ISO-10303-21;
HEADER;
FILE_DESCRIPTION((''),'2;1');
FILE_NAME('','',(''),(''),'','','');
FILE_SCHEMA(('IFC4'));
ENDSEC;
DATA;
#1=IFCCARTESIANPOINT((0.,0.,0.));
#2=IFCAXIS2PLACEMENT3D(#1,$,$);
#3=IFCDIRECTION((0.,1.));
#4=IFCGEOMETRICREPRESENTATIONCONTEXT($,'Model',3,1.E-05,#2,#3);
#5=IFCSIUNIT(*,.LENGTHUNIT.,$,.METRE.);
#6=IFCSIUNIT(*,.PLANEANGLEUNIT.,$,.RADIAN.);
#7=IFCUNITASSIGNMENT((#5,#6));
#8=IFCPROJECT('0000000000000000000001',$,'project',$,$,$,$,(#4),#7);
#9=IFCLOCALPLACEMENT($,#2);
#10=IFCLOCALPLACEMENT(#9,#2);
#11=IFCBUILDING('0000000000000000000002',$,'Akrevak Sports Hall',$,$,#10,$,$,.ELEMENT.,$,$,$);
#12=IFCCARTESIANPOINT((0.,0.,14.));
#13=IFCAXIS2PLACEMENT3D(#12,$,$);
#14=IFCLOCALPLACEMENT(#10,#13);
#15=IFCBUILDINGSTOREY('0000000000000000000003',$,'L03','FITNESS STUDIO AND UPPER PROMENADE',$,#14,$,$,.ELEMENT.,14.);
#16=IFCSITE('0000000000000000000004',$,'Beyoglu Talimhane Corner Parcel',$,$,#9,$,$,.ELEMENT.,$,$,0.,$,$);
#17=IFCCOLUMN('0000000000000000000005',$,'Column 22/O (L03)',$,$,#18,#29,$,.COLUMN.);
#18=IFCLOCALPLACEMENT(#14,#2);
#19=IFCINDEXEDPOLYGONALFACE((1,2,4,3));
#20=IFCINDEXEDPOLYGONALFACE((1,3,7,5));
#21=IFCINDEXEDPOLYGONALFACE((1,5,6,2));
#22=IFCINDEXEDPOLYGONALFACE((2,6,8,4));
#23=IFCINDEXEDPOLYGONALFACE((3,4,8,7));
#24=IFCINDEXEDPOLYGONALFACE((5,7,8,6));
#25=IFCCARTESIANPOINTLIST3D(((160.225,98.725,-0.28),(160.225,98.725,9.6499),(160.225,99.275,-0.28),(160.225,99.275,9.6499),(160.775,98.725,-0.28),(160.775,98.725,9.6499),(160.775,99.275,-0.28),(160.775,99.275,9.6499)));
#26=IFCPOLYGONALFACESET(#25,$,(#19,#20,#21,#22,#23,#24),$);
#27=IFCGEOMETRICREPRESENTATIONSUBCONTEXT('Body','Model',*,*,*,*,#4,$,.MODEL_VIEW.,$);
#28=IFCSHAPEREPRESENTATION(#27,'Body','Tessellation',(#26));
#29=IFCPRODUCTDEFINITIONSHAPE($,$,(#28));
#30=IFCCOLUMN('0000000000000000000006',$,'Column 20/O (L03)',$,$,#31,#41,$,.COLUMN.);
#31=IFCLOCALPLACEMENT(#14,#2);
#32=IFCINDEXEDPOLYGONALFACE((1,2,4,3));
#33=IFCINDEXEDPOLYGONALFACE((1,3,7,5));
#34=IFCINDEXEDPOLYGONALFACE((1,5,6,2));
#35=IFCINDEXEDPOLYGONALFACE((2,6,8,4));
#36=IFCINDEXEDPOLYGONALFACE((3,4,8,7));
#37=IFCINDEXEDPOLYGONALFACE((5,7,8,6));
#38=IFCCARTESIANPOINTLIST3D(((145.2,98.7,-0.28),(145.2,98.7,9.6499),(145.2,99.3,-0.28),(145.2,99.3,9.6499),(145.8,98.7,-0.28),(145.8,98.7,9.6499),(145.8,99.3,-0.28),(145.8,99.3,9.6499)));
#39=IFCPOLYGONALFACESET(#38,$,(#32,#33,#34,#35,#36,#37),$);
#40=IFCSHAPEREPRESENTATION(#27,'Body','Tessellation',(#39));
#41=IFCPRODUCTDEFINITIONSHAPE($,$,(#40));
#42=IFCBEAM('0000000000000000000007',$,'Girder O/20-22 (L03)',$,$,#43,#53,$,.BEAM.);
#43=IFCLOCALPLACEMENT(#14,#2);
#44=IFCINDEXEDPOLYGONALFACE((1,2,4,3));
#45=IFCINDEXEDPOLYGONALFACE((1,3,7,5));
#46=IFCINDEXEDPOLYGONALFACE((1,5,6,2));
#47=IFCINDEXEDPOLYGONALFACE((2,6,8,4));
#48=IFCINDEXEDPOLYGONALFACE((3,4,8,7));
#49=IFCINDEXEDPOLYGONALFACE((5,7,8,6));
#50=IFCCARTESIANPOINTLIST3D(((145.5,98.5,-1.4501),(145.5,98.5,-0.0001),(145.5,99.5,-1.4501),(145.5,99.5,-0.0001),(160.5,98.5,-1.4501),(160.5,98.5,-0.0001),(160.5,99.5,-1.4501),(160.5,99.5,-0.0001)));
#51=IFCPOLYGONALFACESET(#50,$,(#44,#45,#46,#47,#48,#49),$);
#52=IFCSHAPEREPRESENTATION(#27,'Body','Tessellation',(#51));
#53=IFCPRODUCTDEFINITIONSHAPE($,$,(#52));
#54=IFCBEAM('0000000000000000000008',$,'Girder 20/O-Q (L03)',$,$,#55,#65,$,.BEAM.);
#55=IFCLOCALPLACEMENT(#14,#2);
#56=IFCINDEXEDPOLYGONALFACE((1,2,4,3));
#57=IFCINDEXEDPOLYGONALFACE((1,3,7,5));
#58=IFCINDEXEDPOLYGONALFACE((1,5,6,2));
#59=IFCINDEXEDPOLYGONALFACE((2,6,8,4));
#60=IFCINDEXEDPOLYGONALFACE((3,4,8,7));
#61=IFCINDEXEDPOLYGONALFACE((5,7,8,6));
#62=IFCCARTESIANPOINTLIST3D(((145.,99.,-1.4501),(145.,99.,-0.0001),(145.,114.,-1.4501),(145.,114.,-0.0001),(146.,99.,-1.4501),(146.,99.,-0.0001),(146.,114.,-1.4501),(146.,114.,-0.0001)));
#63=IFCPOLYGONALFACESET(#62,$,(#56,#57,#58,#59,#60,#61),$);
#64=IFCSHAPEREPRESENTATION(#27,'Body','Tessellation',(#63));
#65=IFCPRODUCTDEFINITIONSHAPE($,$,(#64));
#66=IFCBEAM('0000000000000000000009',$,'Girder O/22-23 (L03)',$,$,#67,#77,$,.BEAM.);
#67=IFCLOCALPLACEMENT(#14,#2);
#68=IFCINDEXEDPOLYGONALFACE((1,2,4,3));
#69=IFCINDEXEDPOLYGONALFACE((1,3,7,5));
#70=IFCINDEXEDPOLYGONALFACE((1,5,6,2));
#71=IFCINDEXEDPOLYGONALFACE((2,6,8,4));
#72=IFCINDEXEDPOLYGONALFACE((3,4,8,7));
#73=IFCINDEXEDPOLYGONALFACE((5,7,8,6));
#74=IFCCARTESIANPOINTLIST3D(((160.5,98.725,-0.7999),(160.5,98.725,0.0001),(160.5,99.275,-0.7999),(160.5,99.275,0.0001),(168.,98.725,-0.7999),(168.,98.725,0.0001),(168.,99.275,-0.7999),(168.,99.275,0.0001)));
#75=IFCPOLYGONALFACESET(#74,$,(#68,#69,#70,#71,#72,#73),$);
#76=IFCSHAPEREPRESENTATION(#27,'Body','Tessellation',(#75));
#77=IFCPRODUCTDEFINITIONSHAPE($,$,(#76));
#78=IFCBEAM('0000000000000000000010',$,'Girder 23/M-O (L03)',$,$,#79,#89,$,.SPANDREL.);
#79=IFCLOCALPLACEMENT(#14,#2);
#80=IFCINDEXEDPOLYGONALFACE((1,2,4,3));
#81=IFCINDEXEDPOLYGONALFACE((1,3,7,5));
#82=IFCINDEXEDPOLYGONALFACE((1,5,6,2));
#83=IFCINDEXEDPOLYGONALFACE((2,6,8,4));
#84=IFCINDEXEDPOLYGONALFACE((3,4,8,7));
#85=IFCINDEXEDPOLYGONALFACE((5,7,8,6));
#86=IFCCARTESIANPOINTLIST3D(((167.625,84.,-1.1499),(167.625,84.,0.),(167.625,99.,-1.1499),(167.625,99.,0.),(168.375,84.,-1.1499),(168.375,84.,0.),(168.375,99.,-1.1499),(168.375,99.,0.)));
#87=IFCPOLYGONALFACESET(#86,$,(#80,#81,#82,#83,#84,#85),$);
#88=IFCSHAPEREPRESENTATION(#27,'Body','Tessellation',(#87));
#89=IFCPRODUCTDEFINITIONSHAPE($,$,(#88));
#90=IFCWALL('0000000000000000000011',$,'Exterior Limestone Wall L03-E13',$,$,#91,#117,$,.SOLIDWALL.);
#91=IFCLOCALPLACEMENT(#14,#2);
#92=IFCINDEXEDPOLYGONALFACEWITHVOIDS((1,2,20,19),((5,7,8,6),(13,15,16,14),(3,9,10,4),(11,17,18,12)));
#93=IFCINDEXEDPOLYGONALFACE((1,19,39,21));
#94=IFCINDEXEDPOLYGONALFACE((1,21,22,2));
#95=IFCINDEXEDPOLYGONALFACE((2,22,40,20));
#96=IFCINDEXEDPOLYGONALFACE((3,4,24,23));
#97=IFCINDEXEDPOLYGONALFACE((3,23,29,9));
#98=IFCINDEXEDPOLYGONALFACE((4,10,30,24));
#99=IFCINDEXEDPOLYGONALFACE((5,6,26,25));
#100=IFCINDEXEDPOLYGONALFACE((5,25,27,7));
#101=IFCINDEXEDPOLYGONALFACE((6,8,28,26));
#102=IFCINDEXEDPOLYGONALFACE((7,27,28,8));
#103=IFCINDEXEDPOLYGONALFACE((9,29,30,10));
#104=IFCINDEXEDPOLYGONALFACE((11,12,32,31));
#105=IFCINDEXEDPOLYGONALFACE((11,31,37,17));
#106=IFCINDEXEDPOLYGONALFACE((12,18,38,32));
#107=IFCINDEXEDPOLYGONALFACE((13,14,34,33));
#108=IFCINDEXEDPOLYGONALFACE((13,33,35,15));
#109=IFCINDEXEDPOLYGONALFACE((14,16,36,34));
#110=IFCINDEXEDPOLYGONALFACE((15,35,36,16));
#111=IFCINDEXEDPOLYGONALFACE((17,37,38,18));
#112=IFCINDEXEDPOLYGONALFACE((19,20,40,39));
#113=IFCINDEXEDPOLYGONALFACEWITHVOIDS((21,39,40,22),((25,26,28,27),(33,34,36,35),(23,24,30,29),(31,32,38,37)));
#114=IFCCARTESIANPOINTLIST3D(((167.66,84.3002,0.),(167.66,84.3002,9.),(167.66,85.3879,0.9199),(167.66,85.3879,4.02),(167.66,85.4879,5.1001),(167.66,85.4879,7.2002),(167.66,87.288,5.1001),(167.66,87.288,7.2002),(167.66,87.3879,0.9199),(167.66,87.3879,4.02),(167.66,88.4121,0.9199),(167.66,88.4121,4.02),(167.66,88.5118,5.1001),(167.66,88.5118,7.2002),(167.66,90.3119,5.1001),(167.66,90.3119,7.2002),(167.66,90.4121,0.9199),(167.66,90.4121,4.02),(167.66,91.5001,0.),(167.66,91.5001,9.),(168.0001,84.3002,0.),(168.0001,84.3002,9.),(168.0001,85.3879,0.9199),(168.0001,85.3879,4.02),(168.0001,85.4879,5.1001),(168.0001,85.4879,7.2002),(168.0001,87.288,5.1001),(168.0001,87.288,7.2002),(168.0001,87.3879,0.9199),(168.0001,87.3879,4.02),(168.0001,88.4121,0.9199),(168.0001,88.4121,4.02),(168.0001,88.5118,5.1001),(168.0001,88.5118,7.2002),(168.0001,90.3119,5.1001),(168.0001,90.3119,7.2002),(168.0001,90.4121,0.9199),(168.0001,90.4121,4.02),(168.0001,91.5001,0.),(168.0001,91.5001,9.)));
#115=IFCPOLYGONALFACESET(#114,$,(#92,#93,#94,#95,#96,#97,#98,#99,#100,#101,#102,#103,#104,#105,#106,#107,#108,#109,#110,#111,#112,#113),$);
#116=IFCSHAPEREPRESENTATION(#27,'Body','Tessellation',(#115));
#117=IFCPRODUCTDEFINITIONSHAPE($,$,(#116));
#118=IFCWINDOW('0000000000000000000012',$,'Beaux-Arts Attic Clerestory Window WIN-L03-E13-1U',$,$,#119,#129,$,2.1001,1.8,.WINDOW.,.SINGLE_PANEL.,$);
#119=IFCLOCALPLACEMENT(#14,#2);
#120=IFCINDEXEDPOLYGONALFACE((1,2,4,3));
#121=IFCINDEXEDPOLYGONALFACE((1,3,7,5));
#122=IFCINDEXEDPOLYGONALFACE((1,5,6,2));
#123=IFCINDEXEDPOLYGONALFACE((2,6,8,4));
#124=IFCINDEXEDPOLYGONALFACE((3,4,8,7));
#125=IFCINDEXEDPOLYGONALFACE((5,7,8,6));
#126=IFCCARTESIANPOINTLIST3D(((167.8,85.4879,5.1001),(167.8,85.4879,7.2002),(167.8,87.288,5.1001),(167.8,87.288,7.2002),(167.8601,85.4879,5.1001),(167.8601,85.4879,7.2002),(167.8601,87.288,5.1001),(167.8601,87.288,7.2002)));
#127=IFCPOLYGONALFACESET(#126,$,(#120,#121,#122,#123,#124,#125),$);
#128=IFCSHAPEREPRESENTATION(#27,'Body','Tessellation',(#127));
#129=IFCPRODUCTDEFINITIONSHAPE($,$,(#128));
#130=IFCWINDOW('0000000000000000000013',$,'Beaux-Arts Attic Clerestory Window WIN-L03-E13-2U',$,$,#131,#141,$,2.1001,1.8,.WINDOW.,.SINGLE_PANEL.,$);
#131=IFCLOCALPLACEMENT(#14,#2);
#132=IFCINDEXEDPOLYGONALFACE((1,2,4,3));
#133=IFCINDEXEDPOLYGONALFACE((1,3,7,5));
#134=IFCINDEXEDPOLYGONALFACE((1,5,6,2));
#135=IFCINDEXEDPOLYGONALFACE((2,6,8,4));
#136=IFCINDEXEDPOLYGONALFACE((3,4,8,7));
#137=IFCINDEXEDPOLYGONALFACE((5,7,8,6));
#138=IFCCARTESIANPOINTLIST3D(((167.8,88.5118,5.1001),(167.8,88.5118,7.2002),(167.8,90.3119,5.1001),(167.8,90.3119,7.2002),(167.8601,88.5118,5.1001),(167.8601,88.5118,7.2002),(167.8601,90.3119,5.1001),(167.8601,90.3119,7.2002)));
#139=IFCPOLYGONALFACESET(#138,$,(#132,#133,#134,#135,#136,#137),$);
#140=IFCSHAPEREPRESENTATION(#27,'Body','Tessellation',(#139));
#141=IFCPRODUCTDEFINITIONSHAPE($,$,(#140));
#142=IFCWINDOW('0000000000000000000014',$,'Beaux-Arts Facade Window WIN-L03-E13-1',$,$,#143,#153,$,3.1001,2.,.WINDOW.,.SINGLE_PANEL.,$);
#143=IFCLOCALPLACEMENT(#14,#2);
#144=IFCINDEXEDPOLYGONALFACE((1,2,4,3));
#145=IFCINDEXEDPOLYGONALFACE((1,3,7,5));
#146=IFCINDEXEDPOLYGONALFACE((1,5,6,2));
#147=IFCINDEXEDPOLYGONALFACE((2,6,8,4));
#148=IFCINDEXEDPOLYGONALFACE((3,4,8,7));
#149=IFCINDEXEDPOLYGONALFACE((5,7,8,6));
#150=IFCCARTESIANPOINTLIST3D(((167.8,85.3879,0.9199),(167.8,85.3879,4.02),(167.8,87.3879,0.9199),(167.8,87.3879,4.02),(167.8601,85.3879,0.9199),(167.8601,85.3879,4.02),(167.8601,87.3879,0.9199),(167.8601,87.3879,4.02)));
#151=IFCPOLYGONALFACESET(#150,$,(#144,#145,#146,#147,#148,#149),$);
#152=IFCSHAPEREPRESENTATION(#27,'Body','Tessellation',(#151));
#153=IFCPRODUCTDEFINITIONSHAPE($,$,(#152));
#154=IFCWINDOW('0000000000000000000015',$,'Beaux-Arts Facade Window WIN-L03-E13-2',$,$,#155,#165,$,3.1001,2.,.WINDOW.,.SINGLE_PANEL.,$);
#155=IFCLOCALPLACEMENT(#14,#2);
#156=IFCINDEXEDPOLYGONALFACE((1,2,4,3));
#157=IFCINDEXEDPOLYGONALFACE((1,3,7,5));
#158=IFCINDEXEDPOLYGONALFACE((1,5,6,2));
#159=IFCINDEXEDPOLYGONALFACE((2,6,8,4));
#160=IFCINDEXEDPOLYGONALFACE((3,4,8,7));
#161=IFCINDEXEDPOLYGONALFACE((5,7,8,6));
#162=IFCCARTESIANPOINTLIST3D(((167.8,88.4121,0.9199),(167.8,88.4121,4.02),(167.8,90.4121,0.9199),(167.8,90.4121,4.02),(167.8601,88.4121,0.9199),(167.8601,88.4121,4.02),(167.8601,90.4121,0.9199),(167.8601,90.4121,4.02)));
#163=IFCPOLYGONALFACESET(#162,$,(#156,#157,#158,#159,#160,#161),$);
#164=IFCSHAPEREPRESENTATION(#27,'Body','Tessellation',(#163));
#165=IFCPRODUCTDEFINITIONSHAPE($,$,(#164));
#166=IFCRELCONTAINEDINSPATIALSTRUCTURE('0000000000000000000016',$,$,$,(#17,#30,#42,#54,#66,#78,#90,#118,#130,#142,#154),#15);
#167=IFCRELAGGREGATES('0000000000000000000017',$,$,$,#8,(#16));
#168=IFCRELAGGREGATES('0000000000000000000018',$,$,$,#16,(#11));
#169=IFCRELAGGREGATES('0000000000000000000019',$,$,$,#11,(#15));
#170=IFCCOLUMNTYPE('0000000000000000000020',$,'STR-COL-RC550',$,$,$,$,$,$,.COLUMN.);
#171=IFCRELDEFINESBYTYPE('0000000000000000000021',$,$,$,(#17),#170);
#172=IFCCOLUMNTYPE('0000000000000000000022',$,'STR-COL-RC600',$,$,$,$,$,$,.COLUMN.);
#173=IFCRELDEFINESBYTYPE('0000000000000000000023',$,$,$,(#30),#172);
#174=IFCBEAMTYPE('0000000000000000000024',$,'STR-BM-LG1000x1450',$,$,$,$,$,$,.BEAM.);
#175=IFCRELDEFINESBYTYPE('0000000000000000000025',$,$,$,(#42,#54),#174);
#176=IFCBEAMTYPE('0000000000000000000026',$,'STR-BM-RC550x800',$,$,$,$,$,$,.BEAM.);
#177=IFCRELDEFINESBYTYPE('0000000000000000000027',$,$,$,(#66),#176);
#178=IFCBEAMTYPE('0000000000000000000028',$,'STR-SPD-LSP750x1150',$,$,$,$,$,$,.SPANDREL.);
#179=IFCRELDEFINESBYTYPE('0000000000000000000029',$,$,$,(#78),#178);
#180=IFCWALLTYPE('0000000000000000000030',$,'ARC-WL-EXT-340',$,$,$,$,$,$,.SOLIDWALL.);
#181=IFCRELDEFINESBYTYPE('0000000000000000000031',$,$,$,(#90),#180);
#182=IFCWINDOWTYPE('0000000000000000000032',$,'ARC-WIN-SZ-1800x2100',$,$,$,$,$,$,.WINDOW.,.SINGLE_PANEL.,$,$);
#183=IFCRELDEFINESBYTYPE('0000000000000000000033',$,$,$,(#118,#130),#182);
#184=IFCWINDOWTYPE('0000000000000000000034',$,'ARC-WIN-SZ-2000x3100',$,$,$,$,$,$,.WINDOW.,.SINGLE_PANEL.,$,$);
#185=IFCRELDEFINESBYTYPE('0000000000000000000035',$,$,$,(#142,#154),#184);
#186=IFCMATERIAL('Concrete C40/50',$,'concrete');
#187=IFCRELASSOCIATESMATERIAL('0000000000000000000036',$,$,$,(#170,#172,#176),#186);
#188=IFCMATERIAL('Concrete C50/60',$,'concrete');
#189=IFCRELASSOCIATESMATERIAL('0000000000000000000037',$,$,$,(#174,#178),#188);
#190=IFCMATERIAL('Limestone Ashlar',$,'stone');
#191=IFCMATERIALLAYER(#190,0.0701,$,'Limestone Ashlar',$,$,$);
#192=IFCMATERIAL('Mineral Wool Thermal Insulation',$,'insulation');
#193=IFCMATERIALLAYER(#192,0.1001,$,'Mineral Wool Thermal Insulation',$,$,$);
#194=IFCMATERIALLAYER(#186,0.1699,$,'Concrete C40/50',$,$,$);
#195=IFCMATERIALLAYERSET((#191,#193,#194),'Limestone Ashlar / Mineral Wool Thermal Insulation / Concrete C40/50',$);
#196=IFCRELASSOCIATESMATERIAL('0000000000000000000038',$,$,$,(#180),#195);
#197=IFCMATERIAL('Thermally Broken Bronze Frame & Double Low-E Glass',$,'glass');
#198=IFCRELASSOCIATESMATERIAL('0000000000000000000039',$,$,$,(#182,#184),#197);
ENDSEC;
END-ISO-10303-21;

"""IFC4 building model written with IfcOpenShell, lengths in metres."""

from ifc_helpers import new_model, si_unit, direction, frame, frame_2d, origin, origin_2d, place, context, subcontext, project, spatial, rectangle, extrude, material, layer, layer_set, material_profile, profile_set, type_object, element, fill, save


model = new_model("IFC4")

# Units and contexts
model_context = context("Model", 3, precision=1e-05, world=origin(), true_north=direction((0.0, 1.0)))
body_context = subcontext(model_context, "Body", "Model", "MODEL_VIEW")
ifc_project = project(units=[si_unit("LENGTHUNIT", "METRE"), si_unit("PLANEANGLEUNIT", "RADIAN")], contexts=[model_context])

# Site, building, storey
site_placement = place(None, origin())
site = spatial("IfcSite", under=ifc_project, at=site_placement, Name="Beyoglu Talimhane Corner Parcel", CompositionType="ELEMENT", RefElevation=0.0)
building_placement = place(site_placement, origin())
building = spatial("IfcBuilding", under=site, at=building_placement, Name="Akrevak Sports Hall", CompositionType="ELEMENT")
storey_placement = place(building_placement, frame((0.0, 0.0, 14.0)))
storey = spatial("IfcBuildingStorey", under=building, at=storey_placement, Name="L03", Description="FITNESS STUDIO AND UPPER PROMENADE", CompositionType="ELEMENT", Elevation=14.0)

# Columns
ifc_material_1 = material(Name="Concrete C40/50", Category="concrete")
ifc_material_profile_1 = material_profile(ifc_material_1, rectangle(XDim=0.55, YDim=0.55, at=origin_2d()), Name="RC 550x550", Category="concrete")
ifc_profile_set_1 = profile_set([ifc_material_profile_1], Name="Concrete C40/50")
column_type_1 = type_object("IfcColumnType", Name="STR-COL-RC550", PredefinedType="COLUMN", material=ifc_profile_set_1)
column_1_placement = place(storey_placement, frame((160.5, 99.0, -0.28), z_axis=(0.0, 0.0, 1.0), x_axis=(1.0, 0.0, 0.0)))
element("IfcColumn", 1, at=column_1_placement, inside=storey, type_object=column_type_1, Name="Column 22/O (L03)", PredefinedType="COLUMN", context=body_context, shape_type="SweptSolid", body=[
    extrude(rectangle(XDim=0.55, YDim=0.55, at=origin_2d()), origin(), (0.0, 0.0, 1.0), 9.9299),
])
ifc_material_profile_2 = material_profile(ifc_material_1, rectangle(XDim=0.6001, YDim=0.6001, at=origin_2d()), Name="RC 600x600", Category="concrete")
ifc_profile_set_2 = profile_set([ifc_material_profile_2], Name="Concrete C40/50")
column_type_2 = type_object("IfcColumnType", Name="STR-COL-RC600", PredefinedType="COLUMN", material=ifc_profile_set_2)
column_2_placement = place(storey_placement, frame((145.5, 99.0, -0.28), z_axis=(0.0, 0.0, 1.0), x_axis=(1.0, 0.0, 0.0)))
element("IfcColumn", 2, at=column_2_placement, inside=storey, type_object=column_type_2, Name="Column 20/O (L03)", PredefinedType="COLUMN", context=body_context, shape_type="SweptSolid", body=[
    extrude(rectangle(XDim=0.6001, YDim=0.6001, at=origin_2d()), origin(), (0.0, 0.0, 1.0), 9.9299),
])

# Beams
ifc_material_2 = material(Name="Concrete C50/60", Category="concrete")
ifc_material_profile_3 = material_profile(ifc_material_2, rectangle(XDim=1.0, YDim=1.45, at=origin_2d()), Name="BM 1000x1450", Category="concrete")
ifc_profile_set_3 = profile_set([ifc_material_profile_3], Name="Concrete C50/60")
beam_type_1 = type_object("IfcBeamType", Name="STR-BM-LG1000x1450", PredefinedType="BEAM", material=ifc_profile_set_3)
for number, where, z_axis, x_axis, name in (
    (3, (145.5, 99.0, -0.7251), (1.0, 0.0, 0.0), (0.0, 1.0, 0.0), "Girder O/20-22 (L03)"),
    (4, (145.5, 99.0, -0.7251), (0.0, 1.0, 0.0), (-1.0, 0.0, 0.0), "Girder 20/O-Q (L03)"),
):
    element("IfcBeam", number, at=place(storey_placement, frame(where, z_axis=z_axis, x_axis=x_axis)), inside=storey, type_object=beam_type_1, Name=name, PredefinedType="BEAM", context=body_context, shape_type="SweptSolid", body=[
        extrude(rectangle(XDim=1.0, YDim=1.45, at=origin_2d()), origin(), (0.0, 0.0, 1.0), 15.0),
    ])
ifc_material_profile_4 = material_profile(ifc_material_1, rectangle(XDim=0.55, YDim=0.8, at=origin_2d()), Name="BM 550x800", Category="concrete")
ifc_profile_set_4 = profile_set([ifc_material_profile_4], Name="Concrete C40/50")
beam_type_2 = type_object("IfcBeamType", Name="STR-BM-RC550x800", PredefinedType="BEAM", material=ifc_profile_set_4)
beam_1_placement = place(storey_placement, frame((160.5, 99.0, -0.3999), z_axis=(1.0, 0.0, 0.0), x_axis=(0.0, 1.0, 0.0)))
element("IfcBeam", 5, at=beam_1_placement, inside=storey, type_object=beam_type_2, Name="Girder O/22-23 (L03)", PredefinedType="BEAM", context=body_context, shape_type="SweptSolid", body=[
    extrude(rectangle(XDim=0.55, YDim=0.8, at=origin_2d()), origin(), (0.0, 0.0, 1.0), 7.5),
])
ifc_material_profile_5 = material_profile(ifc_material_2, rectangle(XDim=0.75, YDim=1.1499, at=origin_2d()), Name="SPD 750x1150", Category="concrete")
ifc_profile_set_5 = profile_set([ifc_material_profile_5], Name="Concrete C50/60")
beam_type_3 = type_object("IfcBeamType", Name="STR-SPD-LSP750x1150", PredefinedType="SPANDREL", material=ifc_profile_set_5)
beam_2_placement = place(storey_placement, frame((168.0, 84.0, -0.575), z_axis=(0.0, 1.0, 0.0), x_axis=(-1.0, 0.0, 0.0)))
element("IfcBeam", 6, at=beam_2_placement, inside=storey, type_object=beam_type_3, Name="Girder 23/M-O (L03)", PredefinedType="SPANDREL", context=body_context, shape_type="SweptSolid", body=[
    extrude(rectangle(XDim=0.75, YDim=1.1499, at=origin_2d()), origin(), (0.0, 0.0, 1.0), 15.0),
])

# Wall, openings, windows
ifc_material_3 = material(Name="Limestone Ashlar", Category="stone")
ifc_layer_1 = layer(ifc_material_3, 0.0701, Name="Limestone Ashlar")
ifc_material_4 = material(Name="Mineral Wool Thermal Insulation", Category="insulation")
ifc_layer_2 = layer(ifc_material_4, 0.1001, Name="Mineral Wool Thermal Insulation")
ifc_layer_3 = layer(ifc_material_1, 0.1699, Name="Concrete C40/50")
ifc_layer_set_1 = layer_set([ifc_layer_1, ifc_layer_2, ifc_layer_3], Name="Limestone Ashlar / Mineral Wool Thermal Insulation / Concrete C40/50")
wall_type = type_object("IfcWallType", Name="ARC-WL-EXT-340", PredefinedType="SOLIDWALL", material=ifc_layer_set_1)
wall_1_placement = place(storey_placement, frame((167.8301, 84.3, 0.0), z_axis=(0.0, 0.0, 1.0), x_axis=(0.0, 1.0, 0.0)))
wall_1 = element("IfcWall", 7, at=wall_1_placement, inside=storey, type_object=wall_type, Name="Exterior Limestone Wall L03-E13", PredefinedType="SOLIDWALL", context=body_context, shape_type="SweptSolid", body=[
    extrude(rectangle(XDim=7.2, YDim=0.3401, at=frame_2d((3.6001, 0.0))), origin(), (0.0, 0.0, 1.0), 9.0),
])
opening_1_placement = place(wall_1_placement, frame((1.0879, 0.0, 0.9199)))
opening_1 = element("IfcOpeningElement", 8, at=opening_1_placement, cuts=wall_1, PredefinedType="OPENING", context=body_context, shape_type="SweptSolid", body=[
    extrude(rectangle(XDim=2.0, YDim=3.1001, at=frame_2d((1.0, 1.55))), frame((0.0, 0.1821, 0.0), z_axis=(0.0, -1.0, 0.0), x_axis=(1.0, 0.0, 0.0)), (0.0, 0.0, 1.0), 0.364),
])
opening_2_placement = place(wall_1_placement, frame((1.188, 0.0, 5.1001)))
opening_2 = element("IfcOpeningElement", 9, at=opening_2_placement, cuts=wall_1, PredefinedType="OPENING", context=body_context, shape_type="SweptSolid", body=[
    extrude(rectangle(XDim=1.8, YDim=2.1001, at=frame_2d((0.8999, 1.05))), frame((0.0, 0.1821, 0.0), z_axis=(0.0, -1.0, 0.0), x_axis=(1.0, 0.0, 0.0)), (0.0, 0.0, 1.0), 0.364),
])
opening_3_placement = place(wall_1_placement, frame((4.1121, 0.0, 0.9199)))
opening_3 = element("IfcOpeningElement", 10, at=opening_3_placement, cuts=wall_1, PredefinedType="OPENING", context=body_context, shape_type="SweptSolid", body=[
    extrude(rectangle(XDim=2.0, YDim=3.1001, at=frame_2d((1.0, 1.55))), frame((0.0, 0.1821, 0.0), z_axis=(0.0, -1.0, 0.0), x_axis=(1.0, 0.0, 0.0)), (0.0, 0.0, 1.0), 0.364),
])
opening_4_placement = place(wall_1_placement, frame((4.2119, 0.0, 5.1001)))
opening_4 = element("IfcOpeningElement", 11, at=opening_4_placement, cuts=wall_1, PredefinedType="OPENING", context=body_context, shape_type="SweptSolid", body=[
    extrude(rectangle(XDim=1.8, YDim=2.1001, at=frame_2d((0.8999, 1.05))), frame((0.0, 0.1821, 0.0), z_axis=(0.0, -1.0, 0.0), x_axis=(1.0, 0.0, 0.0)), (0.0, 0.0, 1.0), 0.364),
])
ifc_material_5 = material(Name="Thermally Broken Bronze Frame & Double Low-E Glass", Category="glass")
window_type_1 = type_object("IfcWindowType", Name="ARC-WIN-SZ-1800x2100", PartitioningType="SINGLE_PANEL", PredefinedType="WINDOW", material=ifc_material_5)
window_1_placement = place(opening_2_placement, origin())
window_1 = element("IfcWindow", 12, at=window_1_placement, inside=storey, type_object=window_type_1, Name="Beaux-Arts Attic Clerestory Window WIN-L03-E13-1U", OverallHeight=2.1001, OverallWidth=1.8, PartitioningType="SINGLE_PANEL", PredefinedType="WINDOW", context=body_context, shape_type="SweptSolid", body=[
    extrude(rectangle(XDim=1.8, YDim=2.1001, at=frame_2d((0.8999, 1.05))), frame((0.0, 0.03, 0.0), z_axis=(0.0, -1.0, 0.0), x_axis=(1.0, 0.0, 0.0)), (0.0, 0.0, 1.0), 0.0601),
])
fill(opening_2, window_1)
window_2_placement = place(opening_4_placement, origin())
window_2 = element("IfcWindow", 13, at=window_2_placement, inside=storey, type_object=window_type_1, Name="Beaux-Arts Attic Clerestory Window WIN-L03-E13-2U", OverallHeight=2.1001, OverallWidth=1.8, PartitioningType="SINGLE_PANEL", PredefinedType="WINDOW", context=body_context, shape_type="SweptSolid", body=[
    extrude(rectangle(XDim=1.8, YDim=2.1001, at=frame_2d((0.8999, 1.05))), frame((0.0, 0.03, 0.0), z_axis=(0.0, -1.0, 0.0), x_axis=(1.0, 0.0, 0.0)), (0.0, 0.0, 1.0), 0.0601),
])
fill(opening_4, window_2)
window_type_2 = type_object("IfcWindowType", Name="ARC-WIN-SZ-2000x3100", PartitioningType="SINGLE_PANEL", PredefinedType="WINDOW", material=ifc_material_5)
window_3_placement = place(opening_1_placement, origin())
window_3 = element("IfcWindow", 14, at=window_3_placement, inside=storey, type_object=window_type_2, Name="Beaux-Arts Facade Window WIN-L03-E13-1", OverallHeight=3.1001, OverallWidth=2.0, PartitioningType="SINGLE_PANEL", PredefinedType="WINDOW", context=body_context, shape_type="SweptSolid", body=[
    extrude(rectangle(XDim=2.0, YDim=3.1001, at=frame_2d((1.0, 1.55))), frame((0.0, 0.03, 0.0), z_axis=(0.0, -1.0, 0.0), x_axis=(1.0, 0.0, 0.0)), (0.0, 0.0, 1.0), 0.0601),
])
fill(opening_1, window_3)
window_4_placement = place(opening_3_placement, origin())
window_4 = element("IfcWindow", 15, at=window_4_placement, inside=storey, type_object=window_type_2, Name="Beaux-Arts Facade Window WIN-L03-E13-2", OverallHeight=3.1001, OverallWidth=2.0, PartitioningType="SINGLE_PANEL", PredefinedType="WINDOW", context=body_context, shape_type="SweptSolid", body=[
    extrude(rectangle(XDim=2.0, YDim=3.1001, at=frame_2d((1.0, 1.55))), frame((0.0, 0.03, 0.0), z_axis=(0.0, -1.0, 0.0), x_axis=(1.0, 0.0, 0.0)), (0.0, 0.0, 1.0), 0.0601),
])
fill(opening_3, window_4)

save(model, "model.ifc")
